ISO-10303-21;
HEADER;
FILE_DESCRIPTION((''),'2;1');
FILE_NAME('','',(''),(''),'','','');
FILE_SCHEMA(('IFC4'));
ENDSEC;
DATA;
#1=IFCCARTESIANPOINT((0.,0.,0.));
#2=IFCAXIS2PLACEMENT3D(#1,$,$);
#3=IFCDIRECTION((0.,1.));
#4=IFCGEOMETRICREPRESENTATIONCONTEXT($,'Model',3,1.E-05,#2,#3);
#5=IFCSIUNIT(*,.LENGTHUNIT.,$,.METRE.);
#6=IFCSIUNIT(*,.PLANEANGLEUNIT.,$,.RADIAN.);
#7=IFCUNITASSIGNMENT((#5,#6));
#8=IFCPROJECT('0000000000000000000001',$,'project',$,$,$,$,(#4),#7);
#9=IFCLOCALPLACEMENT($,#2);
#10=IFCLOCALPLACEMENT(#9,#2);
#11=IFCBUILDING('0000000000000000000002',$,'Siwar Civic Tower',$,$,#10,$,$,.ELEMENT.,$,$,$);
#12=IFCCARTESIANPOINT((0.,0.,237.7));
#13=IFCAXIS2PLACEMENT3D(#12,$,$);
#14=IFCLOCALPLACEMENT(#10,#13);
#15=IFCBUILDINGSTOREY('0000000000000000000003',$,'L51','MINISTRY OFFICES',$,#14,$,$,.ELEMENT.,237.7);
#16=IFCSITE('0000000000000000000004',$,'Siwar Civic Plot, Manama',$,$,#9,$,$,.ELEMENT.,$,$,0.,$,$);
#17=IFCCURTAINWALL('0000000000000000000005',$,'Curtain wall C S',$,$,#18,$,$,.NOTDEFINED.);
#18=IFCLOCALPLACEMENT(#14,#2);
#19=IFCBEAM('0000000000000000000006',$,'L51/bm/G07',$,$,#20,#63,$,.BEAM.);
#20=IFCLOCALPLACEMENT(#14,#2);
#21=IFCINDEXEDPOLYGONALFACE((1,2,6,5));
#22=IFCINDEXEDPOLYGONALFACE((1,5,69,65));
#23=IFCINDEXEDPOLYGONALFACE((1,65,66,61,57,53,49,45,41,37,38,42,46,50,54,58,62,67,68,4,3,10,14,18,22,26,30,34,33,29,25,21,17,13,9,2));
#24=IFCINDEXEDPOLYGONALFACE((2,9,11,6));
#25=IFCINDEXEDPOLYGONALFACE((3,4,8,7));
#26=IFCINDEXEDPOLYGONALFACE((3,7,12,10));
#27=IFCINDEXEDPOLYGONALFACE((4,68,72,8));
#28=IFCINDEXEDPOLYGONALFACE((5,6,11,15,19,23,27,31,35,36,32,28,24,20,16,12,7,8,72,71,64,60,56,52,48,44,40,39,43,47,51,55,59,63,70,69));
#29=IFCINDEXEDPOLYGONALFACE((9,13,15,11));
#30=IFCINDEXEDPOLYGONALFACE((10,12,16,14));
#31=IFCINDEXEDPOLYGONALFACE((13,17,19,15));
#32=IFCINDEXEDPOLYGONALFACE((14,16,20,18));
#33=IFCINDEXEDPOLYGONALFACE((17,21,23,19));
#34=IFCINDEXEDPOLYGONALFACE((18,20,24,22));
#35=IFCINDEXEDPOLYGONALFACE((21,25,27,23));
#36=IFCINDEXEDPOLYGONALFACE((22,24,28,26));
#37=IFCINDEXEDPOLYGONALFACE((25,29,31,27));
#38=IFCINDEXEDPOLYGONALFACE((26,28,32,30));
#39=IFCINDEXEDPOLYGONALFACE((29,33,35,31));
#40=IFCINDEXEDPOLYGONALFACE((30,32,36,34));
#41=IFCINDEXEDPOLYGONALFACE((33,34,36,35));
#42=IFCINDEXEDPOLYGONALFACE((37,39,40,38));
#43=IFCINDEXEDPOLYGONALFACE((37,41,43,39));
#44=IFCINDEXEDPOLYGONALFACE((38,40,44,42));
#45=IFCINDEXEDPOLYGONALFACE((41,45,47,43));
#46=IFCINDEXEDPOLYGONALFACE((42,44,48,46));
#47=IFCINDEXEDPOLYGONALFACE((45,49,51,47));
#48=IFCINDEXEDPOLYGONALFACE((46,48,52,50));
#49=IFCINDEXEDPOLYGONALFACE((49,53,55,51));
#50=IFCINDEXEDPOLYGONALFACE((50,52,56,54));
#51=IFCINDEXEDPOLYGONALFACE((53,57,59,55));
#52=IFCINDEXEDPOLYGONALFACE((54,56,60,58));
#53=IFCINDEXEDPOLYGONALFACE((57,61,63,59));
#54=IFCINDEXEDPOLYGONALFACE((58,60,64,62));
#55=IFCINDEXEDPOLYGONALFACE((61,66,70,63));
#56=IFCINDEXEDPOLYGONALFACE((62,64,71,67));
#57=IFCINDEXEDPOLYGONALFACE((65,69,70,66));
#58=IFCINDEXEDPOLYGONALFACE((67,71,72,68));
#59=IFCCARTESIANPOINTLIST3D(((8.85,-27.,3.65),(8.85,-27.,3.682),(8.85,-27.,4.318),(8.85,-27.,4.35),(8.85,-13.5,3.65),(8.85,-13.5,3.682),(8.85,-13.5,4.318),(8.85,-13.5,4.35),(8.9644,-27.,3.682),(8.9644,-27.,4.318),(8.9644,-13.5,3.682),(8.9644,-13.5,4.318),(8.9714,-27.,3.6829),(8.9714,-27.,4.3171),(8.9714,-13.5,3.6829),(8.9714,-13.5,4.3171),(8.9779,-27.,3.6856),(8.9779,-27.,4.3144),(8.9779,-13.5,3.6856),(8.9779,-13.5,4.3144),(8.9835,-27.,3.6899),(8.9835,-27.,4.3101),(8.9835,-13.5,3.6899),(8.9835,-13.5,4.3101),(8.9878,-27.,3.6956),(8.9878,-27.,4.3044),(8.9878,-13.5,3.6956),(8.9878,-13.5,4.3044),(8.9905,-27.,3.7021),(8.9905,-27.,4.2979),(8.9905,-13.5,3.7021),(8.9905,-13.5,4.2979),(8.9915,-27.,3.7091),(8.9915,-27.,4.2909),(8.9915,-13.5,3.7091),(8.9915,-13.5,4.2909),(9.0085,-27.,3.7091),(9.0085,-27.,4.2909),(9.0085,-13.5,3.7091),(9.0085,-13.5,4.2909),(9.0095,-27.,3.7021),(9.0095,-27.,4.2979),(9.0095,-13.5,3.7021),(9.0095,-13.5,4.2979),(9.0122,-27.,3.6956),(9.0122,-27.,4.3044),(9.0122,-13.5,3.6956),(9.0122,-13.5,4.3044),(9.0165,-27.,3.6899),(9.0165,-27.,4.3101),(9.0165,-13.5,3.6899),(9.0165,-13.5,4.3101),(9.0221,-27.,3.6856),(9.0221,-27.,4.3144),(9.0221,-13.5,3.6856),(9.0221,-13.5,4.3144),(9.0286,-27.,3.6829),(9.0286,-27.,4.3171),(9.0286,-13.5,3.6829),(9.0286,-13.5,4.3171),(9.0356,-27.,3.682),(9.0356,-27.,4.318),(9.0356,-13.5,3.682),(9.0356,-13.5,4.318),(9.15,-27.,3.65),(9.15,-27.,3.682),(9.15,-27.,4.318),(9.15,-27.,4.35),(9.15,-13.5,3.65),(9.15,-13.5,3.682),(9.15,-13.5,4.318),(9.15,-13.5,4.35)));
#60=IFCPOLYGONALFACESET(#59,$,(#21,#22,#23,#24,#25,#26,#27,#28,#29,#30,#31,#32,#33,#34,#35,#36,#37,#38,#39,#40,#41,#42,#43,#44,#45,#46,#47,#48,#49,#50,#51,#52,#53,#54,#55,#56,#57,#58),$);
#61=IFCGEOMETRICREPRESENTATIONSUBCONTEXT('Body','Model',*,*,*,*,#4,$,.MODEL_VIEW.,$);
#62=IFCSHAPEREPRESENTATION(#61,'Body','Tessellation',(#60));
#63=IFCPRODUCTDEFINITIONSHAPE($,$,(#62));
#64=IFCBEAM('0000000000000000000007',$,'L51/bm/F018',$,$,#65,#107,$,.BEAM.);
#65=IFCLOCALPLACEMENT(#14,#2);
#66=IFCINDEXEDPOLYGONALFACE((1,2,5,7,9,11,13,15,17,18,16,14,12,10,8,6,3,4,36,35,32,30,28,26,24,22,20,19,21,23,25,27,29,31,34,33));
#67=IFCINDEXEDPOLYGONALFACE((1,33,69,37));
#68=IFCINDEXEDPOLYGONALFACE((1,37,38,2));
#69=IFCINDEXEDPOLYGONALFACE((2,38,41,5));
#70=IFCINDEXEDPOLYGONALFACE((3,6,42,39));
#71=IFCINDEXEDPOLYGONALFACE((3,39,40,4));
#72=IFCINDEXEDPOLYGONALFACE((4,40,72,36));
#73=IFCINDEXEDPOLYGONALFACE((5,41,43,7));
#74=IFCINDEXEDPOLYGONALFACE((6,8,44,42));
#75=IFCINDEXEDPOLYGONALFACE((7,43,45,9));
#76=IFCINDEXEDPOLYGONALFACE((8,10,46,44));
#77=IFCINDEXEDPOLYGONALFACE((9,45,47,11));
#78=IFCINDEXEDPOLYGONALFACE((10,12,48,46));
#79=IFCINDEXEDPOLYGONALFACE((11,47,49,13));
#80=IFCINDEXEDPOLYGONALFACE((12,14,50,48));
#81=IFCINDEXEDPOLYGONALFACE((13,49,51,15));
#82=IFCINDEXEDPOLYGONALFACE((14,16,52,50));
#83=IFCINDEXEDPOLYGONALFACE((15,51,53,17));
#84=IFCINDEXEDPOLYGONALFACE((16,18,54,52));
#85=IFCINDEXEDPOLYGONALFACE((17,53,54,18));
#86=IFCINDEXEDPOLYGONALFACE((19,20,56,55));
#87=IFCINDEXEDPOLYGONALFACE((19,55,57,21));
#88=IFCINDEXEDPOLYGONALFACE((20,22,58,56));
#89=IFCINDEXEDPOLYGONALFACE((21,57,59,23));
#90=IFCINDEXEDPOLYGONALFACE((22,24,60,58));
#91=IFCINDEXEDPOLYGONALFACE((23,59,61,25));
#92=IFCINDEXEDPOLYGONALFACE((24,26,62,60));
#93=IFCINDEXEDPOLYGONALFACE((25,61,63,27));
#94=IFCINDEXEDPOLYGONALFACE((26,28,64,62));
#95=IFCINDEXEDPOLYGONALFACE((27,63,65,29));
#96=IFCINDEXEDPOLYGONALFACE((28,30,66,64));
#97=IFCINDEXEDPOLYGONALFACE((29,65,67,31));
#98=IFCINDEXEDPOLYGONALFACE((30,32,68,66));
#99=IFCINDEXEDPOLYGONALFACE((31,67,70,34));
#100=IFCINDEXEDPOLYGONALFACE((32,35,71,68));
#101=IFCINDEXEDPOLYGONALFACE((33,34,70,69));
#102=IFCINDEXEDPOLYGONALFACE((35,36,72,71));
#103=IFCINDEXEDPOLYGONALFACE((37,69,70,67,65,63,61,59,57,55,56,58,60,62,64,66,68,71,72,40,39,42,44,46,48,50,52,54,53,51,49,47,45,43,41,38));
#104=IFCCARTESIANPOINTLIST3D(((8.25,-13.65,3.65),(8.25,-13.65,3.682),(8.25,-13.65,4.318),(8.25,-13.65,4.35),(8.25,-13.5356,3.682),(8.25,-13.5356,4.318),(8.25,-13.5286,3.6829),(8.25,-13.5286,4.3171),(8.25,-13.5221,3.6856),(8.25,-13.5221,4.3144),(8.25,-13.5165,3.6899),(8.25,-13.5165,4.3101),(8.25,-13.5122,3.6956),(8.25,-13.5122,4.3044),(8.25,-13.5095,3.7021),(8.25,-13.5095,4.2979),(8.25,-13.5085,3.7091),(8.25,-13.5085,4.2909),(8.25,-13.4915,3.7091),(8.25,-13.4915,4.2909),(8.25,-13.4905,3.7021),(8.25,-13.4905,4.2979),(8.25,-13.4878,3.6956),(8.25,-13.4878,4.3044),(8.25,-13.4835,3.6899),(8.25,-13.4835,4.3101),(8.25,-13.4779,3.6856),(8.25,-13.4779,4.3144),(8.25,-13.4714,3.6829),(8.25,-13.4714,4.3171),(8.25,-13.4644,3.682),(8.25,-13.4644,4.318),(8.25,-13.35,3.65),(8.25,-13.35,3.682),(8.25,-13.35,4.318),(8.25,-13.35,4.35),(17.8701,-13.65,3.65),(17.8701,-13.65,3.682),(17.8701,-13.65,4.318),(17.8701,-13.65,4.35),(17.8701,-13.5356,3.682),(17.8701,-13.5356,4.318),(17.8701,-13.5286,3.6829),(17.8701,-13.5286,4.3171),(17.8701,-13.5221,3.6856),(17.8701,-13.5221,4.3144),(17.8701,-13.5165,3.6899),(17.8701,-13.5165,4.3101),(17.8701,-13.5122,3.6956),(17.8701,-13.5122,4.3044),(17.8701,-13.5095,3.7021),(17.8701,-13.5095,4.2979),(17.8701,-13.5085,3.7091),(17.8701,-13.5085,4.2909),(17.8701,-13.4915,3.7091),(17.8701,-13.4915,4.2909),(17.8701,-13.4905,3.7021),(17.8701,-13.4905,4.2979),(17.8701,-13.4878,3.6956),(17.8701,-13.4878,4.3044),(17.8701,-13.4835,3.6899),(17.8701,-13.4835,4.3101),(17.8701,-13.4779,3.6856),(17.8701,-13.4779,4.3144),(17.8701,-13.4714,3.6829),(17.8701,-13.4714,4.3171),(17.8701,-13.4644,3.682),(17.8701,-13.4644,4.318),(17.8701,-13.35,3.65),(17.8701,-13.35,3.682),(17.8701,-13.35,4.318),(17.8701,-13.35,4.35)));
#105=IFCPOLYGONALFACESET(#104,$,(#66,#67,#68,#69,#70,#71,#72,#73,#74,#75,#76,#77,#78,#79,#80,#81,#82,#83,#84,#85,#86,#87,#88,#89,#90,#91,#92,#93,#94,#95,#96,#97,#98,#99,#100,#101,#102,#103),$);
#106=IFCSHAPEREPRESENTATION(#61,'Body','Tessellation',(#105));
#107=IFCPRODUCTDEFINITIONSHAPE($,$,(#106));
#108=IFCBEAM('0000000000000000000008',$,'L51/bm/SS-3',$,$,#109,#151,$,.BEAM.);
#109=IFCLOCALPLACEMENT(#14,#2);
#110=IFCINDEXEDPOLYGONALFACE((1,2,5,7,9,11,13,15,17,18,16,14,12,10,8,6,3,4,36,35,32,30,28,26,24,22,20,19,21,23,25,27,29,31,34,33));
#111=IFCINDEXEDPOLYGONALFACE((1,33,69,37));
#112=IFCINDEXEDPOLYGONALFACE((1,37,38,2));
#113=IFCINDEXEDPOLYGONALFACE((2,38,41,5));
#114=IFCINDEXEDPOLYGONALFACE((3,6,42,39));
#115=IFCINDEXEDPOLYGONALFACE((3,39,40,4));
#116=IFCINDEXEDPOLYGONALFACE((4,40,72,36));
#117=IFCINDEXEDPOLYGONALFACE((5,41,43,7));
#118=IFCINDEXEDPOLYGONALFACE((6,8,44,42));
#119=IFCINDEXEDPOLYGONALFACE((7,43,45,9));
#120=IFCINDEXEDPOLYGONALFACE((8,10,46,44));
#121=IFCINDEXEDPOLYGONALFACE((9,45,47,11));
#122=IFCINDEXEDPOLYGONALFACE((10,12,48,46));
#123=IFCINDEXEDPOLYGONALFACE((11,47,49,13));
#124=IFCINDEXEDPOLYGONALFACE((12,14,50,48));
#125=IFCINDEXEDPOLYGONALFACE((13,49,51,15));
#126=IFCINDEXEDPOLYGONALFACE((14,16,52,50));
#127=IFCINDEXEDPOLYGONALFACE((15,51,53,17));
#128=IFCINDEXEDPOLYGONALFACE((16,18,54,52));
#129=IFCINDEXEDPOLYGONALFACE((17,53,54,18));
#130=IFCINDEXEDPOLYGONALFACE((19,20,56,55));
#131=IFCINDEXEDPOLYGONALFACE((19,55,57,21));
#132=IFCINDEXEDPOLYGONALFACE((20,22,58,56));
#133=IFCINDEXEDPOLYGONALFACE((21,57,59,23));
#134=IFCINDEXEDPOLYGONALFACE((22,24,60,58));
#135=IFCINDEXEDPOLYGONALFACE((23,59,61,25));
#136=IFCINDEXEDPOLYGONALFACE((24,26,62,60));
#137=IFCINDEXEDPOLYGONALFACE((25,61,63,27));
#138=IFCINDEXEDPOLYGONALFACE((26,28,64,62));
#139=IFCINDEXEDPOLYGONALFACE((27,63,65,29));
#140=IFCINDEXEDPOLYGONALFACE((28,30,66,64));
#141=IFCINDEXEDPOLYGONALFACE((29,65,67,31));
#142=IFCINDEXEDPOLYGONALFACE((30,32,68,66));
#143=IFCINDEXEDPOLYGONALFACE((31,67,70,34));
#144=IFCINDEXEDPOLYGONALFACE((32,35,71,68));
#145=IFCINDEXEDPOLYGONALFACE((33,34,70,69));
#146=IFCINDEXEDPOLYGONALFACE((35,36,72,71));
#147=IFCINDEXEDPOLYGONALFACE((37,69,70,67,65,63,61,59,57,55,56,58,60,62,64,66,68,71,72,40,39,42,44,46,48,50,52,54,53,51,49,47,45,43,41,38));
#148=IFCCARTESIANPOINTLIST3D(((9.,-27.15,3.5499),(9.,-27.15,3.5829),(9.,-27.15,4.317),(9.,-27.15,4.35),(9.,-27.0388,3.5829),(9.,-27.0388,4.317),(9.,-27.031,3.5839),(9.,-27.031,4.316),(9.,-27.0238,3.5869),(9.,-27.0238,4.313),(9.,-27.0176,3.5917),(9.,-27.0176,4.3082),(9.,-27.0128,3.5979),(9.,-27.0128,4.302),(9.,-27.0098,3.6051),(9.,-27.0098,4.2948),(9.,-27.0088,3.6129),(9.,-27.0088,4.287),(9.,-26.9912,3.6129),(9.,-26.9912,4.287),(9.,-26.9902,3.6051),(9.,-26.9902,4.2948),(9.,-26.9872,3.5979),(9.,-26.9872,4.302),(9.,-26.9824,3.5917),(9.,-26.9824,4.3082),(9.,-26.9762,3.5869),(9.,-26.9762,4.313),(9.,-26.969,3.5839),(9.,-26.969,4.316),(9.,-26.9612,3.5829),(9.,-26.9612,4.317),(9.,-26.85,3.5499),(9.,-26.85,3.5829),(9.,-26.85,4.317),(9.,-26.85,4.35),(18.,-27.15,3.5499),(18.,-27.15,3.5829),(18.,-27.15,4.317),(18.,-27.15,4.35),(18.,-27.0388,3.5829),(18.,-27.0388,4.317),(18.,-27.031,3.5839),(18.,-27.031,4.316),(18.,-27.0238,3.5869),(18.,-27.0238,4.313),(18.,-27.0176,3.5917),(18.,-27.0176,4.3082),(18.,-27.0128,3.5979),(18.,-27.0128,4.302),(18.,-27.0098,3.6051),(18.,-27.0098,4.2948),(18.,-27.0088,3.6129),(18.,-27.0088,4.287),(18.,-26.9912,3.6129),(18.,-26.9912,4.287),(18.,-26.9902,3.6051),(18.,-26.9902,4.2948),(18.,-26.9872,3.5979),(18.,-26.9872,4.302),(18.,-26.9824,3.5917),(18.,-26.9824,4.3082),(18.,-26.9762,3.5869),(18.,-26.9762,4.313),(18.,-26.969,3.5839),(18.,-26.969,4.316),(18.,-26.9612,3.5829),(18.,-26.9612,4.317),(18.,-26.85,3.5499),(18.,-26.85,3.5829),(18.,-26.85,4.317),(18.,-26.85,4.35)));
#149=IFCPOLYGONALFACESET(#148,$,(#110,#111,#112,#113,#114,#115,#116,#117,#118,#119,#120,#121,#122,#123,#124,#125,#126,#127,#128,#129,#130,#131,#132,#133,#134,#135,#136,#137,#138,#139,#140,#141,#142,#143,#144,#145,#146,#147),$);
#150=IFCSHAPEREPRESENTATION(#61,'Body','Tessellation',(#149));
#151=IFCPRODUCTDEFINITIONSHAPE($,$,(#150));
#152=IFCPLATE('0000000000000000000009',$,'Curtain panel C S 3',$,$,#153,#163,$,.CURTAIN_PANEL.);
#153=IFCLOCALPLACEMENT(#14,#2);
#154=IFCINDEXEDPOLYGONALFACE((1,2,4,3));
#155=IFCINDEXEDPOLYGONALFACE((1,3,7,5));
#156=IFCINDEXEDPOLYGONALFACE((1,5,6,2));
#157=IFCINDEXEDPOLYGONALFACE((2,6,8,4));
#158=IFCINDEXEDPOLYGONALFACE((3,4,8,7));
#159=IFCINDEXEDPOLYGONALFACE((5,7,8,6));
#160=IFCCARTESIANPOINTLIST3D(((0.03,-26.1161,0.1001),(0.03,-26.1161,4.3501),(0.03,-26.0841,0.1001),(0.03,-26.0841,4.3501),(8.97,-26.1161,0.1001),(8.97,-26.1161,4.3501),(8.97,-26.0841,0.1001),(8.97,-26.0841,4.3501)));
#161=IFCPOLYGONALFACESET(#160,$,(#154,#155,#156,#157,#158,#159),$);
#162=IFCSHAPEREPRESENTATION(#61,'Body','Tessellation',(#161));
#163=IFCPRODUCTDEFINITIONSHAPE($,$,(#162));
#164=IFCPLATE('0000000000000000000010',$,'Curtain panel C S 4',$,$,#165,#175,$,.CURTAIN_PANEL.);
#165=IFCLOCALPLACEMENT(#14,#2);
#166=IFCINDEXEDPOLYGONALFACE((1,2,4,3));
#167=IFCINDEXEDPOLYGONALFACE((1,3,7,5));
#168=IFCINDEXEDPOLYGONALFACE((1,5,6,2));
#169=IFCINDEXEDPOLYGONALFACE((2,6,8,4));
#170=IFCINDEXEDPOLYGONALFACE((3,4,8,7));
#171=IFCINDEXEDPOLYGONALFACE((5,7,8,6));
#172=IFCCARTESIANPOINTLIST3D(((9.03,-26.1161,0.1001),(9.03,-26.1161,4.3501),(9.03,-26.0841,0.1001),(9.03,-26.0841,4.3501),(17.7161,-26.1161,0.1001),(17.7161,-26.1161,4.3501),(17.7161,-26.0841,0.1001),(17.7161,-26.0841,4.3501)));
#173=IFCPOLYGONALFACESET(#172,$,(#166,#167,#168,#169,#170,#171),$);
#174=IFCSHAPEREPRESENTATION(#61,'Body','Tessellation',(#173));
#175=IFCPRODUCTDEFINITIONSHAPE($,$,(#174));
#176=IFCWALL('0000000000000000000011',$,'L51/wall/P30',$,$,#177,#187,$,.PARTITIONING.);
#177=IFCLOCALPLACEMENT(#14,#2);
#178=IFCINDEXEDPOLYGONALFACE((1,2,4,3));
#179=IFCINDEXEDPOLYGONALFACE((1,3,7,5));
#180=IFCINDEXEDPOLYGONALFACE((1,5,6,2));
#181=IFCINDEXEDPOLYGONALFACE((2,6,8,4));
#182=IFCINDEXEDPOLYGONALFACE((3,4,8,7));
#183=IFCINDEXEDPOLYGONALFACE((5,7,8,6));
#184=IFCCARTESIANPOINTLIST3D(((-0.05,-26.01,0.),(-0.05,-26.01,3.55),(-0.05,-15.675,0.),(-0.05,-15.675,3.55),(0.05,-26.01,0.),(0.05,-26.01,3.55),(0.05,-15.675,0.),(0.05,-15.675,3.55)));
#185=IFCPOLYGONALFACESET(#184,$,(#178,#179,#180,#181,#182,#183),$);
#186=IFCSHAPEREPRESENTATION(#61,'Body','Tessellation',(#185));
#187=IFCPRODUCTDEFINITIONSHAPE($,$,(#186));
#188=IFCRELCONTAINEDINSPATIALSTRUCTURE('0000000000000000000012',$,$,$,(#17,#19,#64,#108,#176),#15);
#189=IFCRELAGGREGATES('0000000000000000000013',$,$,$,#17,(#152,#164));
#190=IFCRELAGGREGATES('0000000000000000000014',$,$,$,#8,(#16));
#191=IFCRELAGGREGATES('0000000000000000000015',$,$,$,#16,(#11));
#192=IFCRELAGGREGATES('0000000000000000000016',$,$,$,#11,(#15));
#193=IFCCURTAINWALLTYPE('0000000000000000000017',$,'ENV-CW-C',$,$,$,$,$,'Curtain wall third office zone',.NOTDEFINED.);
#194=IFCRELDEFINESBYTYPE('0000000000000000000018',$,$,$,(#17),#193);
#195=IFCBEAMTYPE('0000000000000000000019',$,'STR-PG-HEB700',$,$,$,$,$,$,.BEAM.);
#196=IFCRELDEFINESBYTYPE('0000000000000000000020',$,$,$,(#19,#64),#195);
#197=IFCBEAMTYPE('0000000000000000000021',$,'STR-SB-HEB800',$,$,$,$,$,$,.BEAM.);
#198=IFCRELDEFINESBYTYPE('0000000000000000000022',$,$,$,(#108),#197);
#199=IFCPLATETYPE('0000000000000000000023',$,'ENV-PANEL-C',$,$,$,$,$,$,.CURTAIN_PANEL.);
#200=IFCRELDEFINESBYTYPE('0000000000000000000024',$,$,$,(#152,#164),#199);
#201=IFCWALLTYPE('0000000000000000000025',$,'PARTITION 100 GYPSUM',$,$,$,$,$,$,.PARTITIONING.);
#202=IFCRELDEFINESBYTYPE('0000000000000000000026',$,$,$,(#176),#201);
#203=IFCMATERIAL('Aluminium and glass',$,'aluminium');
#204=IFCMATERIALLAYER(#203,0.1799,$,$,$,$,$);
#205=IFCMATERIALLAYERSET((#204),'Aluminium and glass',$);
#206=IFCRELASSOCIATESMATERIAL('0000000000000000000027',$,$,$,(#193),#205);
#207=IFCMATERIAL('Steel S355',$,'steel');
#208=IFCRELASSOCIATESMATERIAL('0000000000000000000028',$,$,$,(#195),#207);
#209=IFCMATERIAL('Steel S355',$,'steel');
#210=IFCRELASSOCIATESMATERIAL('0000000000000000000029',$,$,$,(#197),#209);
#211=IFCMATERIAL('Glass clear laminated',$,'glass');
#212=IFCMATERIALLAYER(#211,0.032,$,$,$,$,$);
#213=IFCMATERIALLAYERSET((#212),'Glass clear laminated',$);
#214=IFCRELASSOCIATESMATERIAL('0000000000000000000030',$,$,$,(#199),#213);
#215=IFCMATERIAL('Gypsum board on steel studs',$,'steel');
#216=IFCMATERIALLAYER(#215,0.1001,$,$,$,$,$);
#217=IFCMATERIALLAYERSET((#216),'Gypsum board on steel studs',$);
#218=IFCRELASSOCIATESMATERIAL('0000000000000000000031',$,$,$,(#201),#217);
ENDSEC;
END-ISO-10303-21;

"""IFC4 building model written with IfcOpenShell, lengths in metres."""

from ifc_helpers import new_model, si_unit, direction, frame, frame_2d, origin, origin_2d, place, context, subcontext, project, spatial, rectangle, i_section, extrude, material, layer, layer_set, material_profile, profile_set, type_object, element, aggregate, save


model = new_model("IFC4")

# Units and contexts
model_context = context("Model", 3, precision=1e-05, world=origin(), true_north=direction((0.0, 1.0)))
body_context = subcontext(model_context, "Body", "Model", "MODEL_VIEW")
ifc_project = project(units=[si_unit("LENGTHUNIT", "METRE"), si_unit("PLANEANGLEUNIT", "RADIAN")], contexts=[model_context])

# Site, building, storey
site_placement = place(None, origin())
site = spatial("IfcSite", under=ifc_project, at=site_placement, Name="Siwar Civic Plot, Manama", CompositionType="ELEMENT", RefElevation=0.0)
building_placement = place(site_placement, origin())
building = spatial("IfcBuilding", under=site, at=building_placement, Name="Siwar Civic Tower", CompositionType="ELEMENT")
storey_placement = place(building_placement, frame((0.0, 0.0, 237.7)))
storey = spatial("IfcBuildingStorey", under=building, at=storey_placement, Name="L51", Description="MINISTRY OFFICES", CompositionType="ELEMENT", Elevation=237.7)

# Curtain wall
ifc_material_1 = material(Name="Aluminium and glass", Category="aluminium")
ifc_layer_1 = layer(ifc_material_1, 0.1799)
ifc_layer_set_1 = layer_set([ifc_layer_1], Name="Aluminium and glass")
curtain_wall_type_1 = type_object("IfcCurtainWallType", Name="ENV-CW-C", ElementType="Curtain wall third office zone", PredefinedType="NOTDEFINED", material=ifc_layer_set_1)
curtain_wall_1_placement = place(storey_placement, origin())
curtain_wall_1 = element("IfcCurtainWall", 1, at=curtain_wall_1_placement, inside=storey, type_object=curtain_wall_type_1, Name="Curtain wall C S", PredefinedType="NOTDEFINED")

# Beams
ifc_material_2 = material(Name="Steel S355", Category="steel")
ifc_material_profile_1 = material_profile(ifc_material_2, i_section(OverallWidth=0.3, OverallDepth=0.7, WebThickness=0.0171, FlangeThickness=0.032, FilletRadius=0.0271, at=origin_2d()), Name="HEB700")
ifc_profile_set_1 = profile_set([ifc_material_profile_1], Name="Steel S355")
beam_type_1 = type_object("IfcBeamType", Name="STR-PG-HEB700", PredefinedType="BEAM", material=ifc_profile_set_1)
beam_1_placement = place(storey_placement, frame((9.0, -27.0, 4.0), z_axis=(0.0, 1.0, 0.0), x_axis=(-1.0, 0.0, 0.0)))
element("IfcBeam", 2, at=beam_1_placement, inside=storey, type_object=beam_type_1, Name="L51/bm/G07", PredefinedType="BEAM", context=body_context, shape_type="SweptSolid", body=[
    extrude(i_section(OverallWidth=0.3, OverallDepth=0.7, WebThickness=0.0171, FlangeThickness=0.032, FilletRadius=0.0271, at=origin_2d()), origin(), (0.0, 0.0, 1.0), 13.5),
])
beam_2_placement = place(storey_placement, frame((8.25, -13.5, 4.0), z_axis=(1.0, 0.0, 0.0), x_axis=(0.0, 1.0, 0.0)))
element("IfcBeam", 3, at=beam_2_placement, inside=storey, type_object=beam_type_1, Name="L51/bm/F018", PredefinedType="BEAM", context=body_context, shape_type="SweptSolid", body=[
    extrude(i_section(OverallWidth=0.3, OverallDepth=0.7, WebThickness=0.0171, FlangeThickness=0.032, FilletRadius=0.0271, at=origin_2d()), origin(), (0.0, 0.0, 1.0), 9.6201),
])
ifc_material_3 = material(Name="Steel S355", Category="steel")
ifc_material_profile_2 = material_profile(ifc_material_3, i_section(OverallWidth=0.3, OverallDepth=0.8, WebThickness=0.0176, FlangeThickness=0.033, FilletRadius=0.03, at=origin_2d()), Name="HEB800")
ifc_profile_set_2 = profile_set([ifc_material_profile_2], Name="Steel S355")
beam_type_2 = type_object("IfcBeamType", Name="STR-SB-HEB800", PredefinedType="BEAM", material=ifc_profile_set_2)
beam_3_placement = place(storey_placement, frame((9.0, -27.0, 3.95), z_axis=(1.0, 0.0, 0.0), x_axis=(0.0, 1.0, 0.0)))
element("IfcBeam", 4, at=beam_3_placement, inside=storey, type_object=beam_type_2, Name="L51/bm/SS-3", PredefinedType="BEAM", context=body_context, shape_type="SweptSolid", body=[
    extrude(i_section(OverallWidth=0.3, OverallDepth=0.8, WebThickness=0.0176, FlangeThickness=0.033, FilletRadius=0.03, at=origin_2d()), origin(), (0.0, 0.0, 1.0), 9.0),
])

# Plates
ifc_material_4 = material(Name="Glass clear laminated", Category="glass")
ifc_layer_2 = layer(ifc_material_4, 0.032)
ifc_layer_set_2 = layer_set([ifc_layer_2], Name="Glass clear laminated")
plate_type = type_object("IfcPlateType", Name="ENV-PANEL-C", PredefinedType="CURTAIN_PANEL", material=ifc_layer_set_2)
plate_1_placement = place(storey_placement, frame((4.5, -26.1001, 0.1001), z_axis=(0.0, 0.0, 1.0), x_axis=(1.0, 0.0, 0.0)))
plate_1 = element("IfcPlate", 5, at=plate_1_placement, type_object=plate_type, Name="Curtain panel C S 3", PredefinedType="CURTAIN_PANEL", context=body_context, shape_type="SweptSolid", body=[
    extrude(rectangle(XDim=8.9399, YDim=0.032, at=origin_2d()), origin(), (0.0, 0.0, 1.0), 4.25),
])
plate_2_placement = place(storey_placement, frame((13.373, -26.1001, 0.1001), z_axis=(0.0, 0.0, 1.0), x_axis=(1.0, 0.0, 0.0)))
plate_2 = element("IfcPlate", 6, at=plate_2_placement, type_object=plate_type, Name="Curtain panel C S 4", PredefinedType="CURTAIN_PANEL", context=body_context, shape_type="SweptSolid", body=[
    extrude(rectangle(XDim=8.686, YDim=0.032, at=origin_2d()), origin(), (0.0, 0.0, 1.0), 4.25),
])
aggregate(curtain_wall_1, [plate_1, plate_2])

# Wall
ifc_material_5 = material(Name="Gypsum board on steel studs", Category="steel")
ifc_layer_3 = layer(ifc_material_5, 0.1001)
ifc_layer_set_3 = layer_set([ifc_layer_3], Name="Gypsum board on steel studs")
wall_type = type_object("IfcWallType", Name="PARTITION 100 GYPSUM", PredefinedType="PARTITIONING", material=ifc_layer_set_3)
wall_1_placement = place(storey_placement, frame((0.0, -26.01, 0.0), z_axis=(0.0, 0.0, 1.0), x_axis=(0.0, 1.0, 0.0)))
element("IfcWall", 7, at=wall_1_placement, inside=storey, type_object=wall_type, Name="L51/wall/P30", PredefinedType="PARTITIONING", context=body_context, shape_type="SweptSolid", body=[
    extrude(rectangle(XDim=10.335, YDim=0.1001, at=frame_2d((5.1675, 0.0))), origin(), (0.0, 0.0, 1.0), 3.55),
])

save(model, "model.ifc")
